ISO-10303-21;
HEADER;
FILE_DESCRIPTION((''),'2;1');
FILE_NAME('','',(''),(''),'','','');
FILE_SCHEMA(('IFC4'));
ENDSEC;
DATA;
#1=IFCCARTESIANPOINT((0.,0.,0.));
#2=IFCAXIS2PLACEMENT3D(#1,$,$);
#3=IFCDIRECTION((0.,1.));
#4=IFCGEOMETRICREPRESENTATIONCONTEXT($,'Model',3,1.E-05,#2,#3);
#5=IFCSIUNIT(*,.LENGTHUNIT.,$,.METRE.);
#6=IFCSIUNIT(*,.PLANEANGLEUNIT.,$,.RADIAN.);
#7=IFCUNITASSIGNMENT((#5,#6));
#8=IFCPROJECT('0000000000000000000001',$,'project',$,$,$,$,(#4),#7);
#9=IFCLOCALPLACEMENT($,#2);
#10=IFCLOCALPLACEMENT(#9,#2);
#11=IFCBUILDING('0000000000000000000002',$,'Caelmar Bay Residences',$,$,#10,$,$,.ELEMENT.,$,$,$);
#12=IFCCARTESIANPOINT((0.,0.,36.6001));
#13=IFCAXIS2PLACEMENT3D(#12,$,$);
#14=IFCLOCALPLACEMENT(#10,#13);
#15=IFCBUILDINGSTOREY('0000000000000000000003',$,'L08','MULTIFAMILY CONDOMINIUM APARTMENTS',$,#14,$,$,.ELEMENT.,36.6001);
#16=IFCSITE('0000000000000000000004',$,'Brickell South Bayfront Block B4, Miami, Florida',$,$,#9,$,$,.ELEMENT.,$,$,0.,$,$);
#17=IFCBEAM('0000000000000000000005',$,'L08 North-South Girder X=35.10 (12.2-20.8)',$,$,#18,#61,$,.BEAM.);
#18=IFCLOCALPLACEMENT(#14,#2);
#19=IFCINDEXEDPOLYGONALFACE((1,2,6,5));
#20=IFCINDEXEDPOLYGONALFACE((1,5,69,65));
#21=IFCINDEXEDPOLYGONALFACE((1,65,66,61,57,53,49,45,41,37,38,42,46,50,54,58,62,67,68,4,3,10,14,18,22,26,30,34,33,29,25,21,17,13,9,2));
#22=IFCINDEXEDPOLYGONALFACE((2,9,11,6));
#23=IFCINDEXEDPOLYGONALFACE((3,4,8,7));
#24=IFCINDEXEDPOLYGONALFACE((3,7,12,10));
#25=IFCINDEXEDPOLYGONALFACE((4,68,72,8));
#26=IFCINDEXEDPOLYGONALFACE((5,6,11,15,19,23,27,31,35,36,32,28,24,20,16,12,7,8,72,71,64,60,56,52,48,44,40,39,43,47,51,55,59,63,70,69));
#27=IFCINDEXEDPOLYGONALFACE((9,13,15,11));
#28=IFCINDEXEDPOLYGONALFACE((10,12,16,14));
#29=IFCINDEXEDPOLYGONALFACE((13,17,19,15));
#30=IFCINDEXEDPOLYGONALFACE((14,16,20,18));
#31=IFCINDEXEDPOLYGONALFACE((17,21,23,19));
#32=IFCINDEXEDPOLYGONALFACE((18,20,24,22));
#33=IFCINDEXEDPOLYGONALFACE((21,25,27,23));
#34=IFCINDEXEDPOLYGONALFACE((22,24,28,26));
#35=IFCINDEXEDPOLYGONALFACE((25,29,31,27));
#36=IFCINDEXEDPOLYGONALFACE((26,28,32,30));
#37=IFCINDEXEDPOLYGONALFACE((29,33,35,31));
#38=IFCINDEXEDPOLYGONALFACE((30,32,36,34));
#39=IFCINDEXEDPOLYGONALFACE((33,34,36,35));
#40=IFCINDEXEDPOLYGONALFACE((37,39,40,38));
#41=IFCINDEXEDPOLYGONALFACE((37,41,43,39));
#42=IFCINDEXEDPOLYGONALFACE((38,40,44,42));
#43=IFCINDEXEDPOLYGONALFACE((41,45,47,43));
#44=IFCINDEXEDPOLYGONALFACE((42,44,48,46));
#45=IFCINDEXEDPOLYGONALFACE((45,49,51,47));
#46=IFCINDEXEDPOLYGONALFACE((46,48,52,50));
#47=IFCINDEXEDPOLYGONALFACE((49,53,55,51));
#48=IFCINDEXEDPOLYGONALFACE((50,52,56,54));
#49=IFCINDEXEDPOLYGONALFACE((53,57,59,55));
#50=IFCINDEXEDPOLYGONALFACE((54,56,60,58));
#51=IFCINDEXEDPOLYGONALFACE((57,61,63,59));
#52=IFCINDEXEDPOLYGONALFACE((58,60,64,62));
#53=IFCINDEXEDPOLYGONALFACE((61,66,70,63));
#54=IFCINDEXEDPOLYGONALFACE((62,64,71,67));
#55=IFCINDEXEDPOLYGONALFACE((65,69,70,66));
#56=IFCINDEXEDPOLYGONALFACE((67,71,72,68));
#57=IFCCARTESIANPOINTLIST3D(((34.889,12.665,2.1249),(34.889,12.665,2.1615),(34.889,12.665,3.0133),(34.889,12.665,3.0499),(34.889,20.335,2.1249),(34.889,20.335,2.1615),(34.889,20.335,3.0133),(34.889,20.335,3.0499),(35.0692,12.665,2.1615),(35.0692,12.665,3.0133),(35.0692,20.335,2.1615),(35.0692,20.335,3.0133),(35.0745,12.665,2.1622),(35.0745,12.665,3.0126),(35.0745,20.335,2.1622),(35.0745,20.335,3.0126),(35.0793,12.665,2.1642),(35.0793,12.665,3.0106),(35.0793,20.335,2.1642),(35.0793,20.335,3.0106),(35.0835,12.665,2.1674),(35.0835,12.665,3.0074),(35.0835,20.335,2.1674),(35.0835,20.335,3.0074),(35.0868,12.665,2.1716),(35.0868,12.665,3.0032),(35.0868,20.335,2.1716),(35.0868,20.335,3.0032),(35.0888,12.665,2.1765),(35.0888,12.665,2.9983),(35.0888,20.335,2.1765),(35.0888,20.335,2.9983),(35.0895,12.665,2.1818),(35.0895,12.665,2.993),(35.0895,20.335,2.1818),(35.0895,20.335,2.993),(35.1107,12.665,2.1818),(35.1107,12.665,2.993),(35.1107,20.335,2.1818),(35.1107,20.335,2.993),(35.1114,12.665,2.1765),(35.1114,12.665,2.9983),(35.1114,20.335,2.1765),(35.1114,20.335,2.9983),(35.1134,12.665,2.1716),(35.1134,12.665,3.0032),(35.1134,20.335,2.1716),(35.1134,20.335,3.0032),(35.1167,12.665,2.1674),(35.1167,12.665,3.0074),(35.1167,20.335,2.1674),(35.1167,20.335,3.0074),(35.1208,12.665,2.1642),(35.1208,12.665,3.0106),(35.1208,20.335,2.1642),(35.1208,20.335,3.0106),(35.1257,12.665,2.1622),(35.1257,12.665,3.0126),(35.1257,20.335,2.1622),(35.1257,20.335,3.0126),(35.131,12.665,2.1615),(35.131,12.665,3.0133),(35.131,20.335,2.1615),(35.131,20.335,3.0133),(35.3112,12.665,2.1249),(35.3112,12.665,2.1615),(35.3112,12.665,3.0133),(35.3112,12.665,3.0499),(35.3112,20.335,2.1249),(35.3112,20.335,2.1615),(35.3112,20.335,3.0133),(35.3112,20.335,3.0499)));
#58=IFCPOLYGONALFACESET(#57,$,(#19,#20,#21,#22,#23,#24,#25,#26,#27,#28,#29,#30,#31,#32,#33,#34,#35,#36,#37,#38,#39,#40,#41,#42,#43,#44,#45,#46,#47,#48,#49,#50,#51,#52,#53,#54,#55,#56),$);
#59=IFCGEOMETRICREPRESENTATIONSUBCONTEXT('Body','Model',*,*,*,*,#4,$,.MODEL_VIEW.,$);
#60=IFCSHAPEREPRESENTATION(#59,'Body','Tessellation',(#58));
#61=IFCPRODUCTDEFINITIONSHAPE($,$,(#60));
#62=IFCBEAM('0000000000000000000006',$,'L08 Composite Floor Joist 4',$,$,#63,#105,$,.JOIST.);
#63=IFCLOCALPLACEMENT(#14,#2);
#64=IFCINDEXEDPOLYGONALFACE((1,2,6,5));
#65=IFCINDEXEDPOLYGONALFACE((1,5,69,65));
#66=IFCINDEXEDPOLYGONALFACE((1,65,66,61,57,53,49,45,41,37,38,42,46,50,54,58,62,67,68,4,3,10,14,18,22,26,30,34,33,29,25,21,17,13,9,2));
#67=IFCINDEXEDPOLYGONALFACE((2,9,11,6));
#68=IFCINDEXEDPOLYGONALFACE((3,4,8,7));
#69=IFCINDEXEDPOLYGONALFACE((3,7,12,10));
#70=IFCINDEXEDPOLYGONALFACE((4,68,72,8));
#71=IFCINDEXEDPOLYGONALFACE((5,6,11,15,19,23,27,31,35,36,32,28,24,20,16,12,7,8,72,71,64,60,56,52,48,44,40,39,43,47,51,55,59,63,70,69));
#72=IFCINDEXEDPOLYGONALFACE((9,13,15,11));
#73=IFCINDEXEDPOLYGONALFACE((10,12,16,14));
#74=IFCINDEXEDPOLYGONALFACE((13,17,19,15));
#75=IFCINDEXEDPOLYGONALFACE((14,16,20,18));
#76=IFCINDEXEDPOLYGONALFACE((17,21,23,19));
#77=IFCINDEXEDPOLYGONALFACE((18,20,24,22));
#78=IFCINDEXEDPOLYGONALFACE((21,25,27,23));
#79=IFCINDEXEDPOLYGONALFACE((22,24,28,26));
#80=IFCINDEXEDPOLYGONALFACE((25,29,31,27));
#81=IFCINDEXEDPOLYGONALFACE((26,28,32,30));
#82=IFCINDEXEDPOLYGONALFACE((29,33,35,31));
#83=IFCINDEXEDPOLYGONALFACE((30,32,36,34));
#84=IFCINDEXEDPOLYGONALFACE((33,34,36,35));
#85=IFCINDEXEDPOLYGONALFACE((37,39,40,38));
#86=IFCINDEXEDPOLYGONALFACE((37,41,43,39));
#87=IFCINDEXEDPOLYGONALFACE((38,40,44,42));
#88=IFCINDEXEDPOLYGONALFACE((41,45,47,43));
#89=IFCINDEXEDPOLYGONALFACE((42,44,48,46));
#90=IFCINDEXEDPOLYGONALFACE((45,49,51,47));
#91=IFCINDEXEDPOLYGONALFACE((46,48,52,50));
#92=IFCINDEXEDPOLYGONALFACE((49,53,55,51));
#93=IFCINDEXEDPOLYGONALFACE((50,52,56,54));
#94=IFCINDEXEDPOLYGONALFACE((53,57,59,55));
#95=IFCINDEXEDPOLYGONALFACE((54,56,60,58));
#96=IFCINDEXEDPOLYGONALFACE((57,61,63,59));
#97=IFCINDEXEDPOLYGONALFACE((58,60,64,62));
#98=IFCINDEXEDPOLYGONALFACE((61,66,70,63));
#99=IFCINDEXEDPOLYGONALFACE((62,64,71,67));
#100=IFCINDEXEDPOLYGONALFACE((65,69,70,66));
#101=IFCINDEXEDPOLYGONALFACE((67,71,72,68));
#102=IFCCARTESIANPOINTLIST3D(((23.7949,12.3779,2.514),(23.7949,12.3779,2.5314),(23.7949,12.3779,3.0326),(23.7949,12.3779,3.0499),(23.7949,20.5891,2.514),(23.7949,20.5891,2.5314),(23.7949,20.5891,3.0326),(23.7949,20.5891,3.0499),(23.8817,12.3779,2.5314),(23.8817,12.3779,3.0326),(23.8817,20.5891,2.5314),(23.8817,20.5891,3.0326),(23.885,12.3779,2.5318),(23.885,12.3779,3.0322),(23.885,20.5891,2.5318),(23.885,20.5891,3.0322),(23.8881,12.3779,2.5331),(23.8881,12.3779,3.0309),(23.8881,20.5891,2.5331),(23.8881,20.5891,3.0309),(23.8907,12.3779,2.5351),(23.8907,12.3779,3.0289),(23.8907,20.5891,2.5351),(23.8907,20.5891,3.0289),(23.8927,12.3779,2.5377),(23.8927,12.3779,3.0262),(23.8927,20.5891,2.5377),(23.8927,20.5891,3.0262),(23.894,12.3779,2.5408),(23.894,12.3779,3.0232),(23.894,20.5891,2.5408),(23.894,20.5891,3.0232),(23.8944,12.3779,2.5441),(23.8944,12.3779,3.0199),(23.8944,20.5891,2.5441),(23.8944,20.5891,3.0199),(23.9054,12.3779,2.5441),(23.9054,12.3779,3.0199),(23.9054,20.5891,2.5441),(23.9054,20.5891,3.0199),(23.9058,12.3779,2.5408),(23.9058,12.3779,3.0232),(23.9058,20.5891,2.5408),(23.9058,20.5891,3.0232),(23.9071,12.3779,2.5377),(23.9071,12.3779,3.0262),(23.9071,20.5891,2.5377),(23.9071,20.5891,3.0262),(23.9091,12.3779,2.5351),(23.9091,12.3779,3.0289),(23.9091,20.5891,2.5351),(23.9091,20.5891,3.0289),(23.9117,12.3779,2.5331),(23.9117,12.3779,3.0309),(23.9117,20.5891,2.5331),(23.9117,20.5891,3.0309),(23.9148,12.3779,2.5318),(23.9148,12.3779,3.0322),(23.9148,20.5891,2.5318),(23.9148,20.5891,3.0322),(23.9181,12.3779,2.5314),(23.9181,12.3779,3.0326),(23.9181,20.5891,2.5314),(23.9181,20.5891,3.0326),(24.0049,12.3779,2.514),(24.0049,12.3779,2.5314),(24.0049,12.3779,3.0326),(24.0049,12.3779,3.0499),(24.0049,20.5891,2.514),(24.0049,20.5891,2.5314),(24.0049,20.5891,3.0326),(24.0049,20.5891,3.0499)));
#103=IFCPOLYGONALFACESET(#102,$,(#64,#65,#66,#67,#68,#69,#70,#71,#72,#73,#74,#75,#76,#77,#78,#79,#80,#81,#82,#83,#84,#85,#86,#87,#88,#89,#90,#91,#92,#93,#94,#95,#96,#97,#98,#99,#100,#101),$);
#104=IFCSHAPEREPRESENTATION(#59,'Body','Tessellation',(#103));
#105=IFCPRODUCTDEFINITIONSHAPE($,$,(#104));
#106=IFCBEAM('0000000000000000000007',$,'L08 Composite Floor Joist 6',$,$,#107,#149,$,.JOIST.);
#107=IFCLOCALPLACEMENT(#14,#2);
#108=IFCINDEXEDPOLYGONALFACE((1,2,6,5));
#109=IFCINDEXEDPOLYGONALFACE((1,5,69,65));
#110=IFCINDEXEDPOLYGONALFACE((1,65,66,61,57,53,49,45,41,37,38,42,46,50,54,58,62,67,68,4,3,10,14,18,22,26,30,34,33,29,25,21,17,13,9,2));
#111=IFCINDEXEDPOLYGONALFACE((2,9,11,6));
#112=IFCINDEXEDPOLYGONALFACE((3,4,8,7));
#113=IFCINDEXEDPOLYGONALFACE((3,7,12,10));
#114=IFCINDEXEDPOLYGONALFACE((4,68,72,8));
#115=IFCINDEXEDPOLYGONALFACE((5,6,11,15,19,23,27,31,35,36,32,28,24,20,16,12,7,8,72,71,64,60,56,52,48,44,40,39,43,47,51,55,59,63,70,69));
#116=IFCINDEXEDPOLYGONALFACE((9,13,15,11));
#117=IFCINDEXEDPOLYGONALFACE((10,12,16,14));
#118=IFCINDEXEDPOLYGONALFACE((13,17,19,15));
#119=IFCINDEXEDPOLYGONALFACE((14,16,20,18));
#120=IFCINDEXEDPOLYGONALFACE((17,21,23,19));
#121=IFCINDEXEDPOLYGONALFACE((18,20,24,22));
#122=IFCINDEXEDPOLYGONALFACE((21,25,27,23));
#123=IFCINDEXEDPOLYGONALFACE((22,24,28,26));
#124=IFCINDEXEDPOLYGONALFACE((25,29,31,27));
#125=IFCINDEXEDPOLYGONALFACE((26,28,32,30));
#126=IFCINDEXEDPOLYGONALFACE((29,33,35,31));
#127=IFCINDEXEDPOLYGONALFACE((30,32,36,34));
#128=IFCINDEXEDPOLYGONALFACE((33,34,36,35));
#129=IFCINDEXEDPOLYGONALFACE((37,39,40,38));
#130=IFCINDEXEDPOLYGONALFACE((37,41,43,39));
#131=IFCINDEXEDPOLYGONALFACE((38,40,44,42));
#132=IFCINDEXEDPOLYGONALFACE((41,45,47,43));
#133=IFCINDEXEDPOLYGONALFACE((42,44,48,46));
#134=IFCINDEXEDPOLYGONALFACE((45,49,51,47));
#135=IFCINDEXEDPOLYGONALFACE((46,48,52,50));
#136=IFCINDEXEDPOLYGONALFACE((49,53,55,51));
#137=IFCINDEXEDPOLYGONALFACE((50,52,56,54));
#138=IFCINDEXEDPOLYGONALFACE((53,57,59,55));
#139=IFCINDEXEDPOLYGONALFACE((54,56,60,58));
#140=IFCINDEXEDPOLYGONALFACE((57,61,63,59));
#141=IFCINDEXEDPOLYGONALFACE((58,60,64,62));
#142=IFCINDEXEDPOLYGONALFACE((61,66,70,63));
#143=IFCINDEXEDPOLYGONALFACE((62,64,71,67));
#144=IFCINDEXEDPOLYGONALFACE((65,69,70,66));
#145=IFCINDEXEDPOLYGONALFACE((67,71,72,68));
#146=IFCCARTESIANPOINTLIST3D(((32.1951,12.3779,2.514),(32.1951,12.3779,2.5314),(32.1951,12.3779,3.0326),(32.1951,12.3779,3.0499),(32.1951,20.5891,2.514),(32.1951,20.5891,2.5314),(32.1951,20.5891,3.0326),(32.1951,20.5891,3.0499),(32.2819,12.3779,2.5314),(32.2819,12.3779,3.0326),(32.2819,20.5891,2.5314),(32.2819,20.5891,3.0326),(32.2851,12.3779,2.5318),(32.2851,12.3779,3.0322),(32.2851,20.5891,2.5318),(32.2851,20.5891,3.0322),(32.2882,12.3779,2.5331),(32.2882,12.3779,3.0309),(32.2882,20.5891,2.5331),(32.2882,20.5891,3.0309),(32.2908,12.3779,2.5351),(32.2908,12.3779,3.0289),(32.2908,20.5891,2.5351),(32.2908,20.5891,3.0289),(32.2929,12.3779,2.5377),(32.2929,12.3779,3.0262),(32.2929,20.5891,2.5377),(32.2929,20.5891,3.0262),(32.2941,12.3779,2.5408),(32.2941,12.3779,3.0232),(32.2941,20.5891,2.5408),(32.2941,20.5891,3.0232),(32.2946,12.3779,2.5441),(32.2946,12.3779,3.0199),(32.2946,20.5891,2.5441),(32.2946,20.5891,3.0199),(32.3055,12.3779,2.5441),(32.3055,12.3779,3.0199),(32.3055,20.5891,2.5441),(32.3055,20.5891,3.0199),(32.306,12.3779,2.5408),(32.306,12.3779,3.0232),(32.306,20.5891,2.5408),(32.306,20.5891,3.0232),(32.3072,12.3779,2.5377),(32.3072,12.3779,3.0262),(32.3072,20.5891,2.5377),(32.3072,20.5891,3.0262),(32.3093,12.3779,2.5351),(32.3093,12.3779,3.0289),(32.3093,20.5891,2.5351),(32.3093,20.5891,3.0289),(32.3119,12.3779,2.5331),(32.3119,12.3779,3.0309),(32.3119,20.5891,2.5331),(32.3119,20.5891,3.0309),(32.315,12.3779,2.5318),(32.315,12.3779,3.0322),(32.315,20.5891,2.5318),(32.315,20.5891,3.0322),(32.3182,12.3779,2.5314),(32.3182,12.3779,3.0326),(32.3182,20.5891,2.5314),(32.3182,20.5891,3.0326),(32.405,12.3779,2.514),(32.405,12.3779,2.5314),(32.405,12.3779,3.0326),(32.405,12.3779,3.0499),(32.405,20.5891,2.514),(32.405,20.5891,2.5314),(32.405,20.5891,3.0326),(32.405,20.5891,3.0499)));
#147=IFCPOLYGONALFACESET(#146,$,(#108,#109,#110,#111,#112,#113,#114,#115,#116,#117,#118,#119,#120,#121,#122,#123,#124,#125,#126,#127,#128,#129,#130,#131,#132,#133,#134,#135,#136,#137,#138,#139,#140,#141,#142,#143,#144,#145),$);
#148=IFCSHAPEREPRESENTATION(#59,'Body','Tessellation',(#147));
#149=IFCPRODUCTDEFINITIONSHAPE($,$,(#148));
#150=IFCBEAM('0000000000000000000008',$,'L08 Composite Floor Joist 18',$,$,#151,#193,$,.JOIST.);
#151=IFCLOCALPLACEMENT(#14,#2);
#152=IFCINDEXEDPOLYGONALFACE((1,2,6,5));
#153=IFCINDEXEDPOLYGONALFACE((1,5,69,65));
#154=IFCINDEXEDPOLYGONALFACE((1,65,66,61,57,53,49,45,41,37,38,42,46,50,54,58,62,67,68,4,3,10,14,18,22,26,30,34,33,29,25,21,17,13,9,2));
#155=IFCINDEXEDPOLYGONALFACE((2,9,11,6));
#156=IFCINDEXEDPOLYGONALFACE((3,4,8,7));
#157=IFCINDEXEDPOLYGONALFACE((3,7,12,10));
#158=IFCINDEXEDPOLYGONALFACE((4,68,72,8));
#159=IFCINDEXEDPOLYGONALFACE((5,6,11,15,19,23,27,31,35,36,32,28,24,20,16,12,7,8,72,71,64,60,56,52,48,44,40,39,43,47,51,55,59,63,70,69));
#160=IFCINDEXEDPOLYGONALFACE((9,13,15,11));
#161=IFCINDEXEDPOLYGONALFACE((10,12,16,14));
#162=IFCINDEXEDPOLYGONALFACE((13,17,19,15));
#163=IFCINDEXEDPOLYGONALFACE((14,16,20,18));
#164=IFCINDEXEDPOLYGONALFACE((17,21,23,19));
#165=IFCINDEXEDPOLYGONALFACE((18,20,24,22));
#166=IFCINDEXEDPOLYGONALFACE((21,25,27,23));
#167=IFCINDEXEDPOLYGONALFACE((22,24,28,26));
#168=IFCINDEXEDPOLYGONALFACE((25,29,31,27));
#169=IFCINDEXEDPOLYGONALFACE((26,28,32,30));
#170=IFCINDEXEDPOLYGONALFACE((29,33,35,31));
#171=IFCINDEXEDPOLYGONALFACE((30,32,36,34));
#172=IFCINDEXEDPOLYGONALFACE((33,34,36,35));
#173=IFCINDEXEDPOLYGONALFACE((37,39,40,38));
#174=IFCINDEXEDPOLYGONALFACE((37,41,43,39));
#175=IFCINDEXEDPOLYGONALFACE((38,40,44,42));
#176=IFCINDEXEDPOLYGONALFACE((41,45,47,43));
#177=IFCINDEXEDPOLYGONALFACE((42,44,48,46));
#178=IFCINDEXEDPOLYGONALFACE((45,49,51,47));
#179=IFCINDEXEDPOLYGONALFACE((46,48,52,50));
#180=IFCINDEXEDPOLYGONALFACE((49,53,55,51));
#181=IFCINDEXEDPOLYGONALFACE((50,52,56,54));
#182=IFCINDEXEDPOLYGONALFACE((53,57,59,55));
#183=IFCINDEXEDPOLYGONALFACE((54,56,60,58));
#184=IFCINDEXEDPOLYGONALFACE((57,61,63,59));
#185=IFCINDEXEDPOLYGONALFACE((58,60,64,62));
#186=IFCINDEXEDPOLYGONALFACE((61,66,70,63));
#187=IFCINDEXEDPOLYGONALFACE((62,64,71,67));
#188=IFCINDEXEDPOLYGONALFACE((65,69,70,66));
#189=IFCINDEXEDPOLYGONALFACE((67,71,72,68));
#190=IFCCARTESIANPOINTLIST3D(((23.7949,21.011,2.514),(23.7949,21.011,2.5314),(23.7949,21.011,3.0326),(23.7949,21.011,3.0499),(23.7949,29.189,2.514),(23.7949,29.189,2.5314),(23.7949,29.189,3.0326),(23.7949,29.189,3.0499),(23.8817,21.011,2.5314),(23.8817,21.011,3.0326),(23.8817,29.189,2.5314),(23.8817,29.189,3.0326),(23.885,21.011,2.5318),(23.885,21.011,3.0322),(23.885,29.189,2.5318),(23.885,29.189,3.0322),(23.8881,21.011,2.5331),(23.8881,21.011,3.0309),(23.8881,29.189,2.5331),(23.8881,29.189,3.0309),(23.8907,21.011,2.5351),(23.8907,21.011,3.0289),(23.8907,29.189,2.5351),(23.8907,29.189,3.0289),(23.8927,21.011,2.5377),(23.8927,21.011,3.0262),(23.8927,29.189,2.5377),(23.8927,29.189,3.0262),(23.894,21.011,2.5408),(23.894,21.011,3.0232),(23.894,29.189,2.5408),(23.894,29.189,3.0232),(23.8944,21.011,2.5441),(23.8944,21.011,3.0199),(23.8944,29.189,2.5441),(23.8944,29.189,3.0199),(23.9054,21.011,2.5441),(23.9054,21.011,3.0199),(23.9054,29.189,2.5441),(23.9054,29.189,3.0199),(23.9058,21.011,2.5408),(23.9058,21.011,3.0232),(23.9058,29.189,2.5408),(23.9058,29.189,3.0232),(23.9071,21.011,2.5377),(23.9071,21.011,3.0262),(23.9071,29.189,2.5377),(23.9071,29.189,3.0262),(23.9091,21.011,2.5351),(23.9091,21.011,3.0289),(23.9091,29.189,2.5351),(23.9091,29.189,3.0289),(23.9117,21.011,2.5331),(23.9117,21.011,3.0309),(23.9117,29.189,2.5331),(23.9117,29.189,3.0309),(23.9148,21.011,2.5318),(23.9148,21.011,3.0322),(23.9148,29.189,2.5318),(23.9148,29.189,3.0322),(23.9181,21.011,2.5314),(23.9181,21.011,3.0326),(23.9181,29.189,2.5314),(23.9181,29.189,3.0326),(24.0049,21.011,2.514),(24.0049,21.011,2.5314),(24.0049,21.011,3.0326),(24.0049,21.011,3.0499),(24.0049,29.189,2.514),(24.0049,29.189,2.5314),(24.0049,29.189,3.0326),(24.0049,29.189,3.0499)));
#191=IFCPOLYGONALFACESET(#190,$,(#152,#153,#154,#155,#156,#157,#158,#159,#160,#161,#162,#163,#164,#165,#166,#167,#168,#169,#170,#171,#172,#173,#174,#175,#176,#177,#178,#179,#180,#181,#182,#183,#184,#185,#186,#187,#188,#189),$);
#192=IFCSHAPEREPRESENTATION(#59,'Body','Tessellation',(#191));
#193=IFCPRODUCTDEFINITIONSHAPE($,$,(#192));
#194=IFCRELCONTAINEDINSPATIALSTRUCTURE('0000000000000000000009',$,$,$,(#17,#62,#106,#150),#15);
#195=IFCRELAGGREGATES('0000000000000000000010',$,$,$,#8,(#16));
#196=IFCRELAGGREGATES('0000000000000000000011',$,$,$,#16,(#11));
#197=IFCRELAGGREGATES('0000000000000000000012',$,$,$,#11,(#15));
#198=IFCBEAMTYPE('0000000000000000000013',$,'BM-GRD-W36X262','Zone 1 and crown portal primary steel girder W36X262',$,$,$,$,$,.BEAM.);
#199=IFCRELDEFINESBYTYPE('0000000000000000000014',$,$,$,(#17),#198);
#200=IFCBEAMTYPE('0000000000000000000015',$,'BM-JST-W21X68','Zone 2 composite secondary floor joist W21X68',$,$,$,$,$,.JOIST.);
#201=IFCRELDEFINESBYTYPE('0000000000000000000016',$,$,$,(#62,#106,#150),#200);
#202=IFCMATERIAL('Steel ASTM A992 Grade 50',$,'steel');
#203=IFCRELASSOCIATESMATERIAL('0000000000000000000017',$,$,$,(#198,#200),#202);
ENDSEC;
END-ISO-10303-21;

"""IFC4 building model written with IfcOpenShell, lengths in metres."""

from ifc_helpers import new_model, si_unit, direction, frame, origin, origin_2d, place, context, subcontext, project, spatial, i_section, extrude, material, material_profile, profile_set, type_object, element, save


model = new_model("IFC4")

# Units and contexts
model_context = context("Model", 3, precision=1e-05, world=origin(), true_north=direction((0.0, 1.0)))
body_context = subcontext(model_context, "Body", "Model", "MODEL_VIEW")
ifc_project = project(units=[si_unit("LENGTHUNIT", "METRE"), si_unit("PLANEANGLEUNIT", "RADIAN")], contexts=[model_context])

# Site, building, storey
site_placement = place(None, origin())
site = spatial("IfcSite", under=ifc_project, at=site_placement, Name="Brickell South Bayfront Block B4, Miami, Florida", CompositionType="ELEMENT", RefElevation=0.0)
building_placement = place(site_placement, origin())
building = spatial("IfcBuilding", under=site, at=building_placement, Name="Caelmar Bay Residences", CompositionType="ELEMENT")
storey_placement = place(building_placement, frame((0.0, 0.0, 36.6001)))
storey = spatial("IfcBuildingStorey", under=building, at=storey_placement, Name="L08", Description="MULTIFAMILY CONDOMINIUM APARTMENTS", CompositionType="ELEMENT", Elevation=36.6001)

# Beams
ifc_material_1 = material(Name="Steel ASTM A992 Grade 50", Category="steel")
ifc_material_profile_1 = material_profile(ifc_material_1, i_section(OverallWidth=0.4221, OverallDepth=0.925, WebThickness=0.0212, FlangeThickness=0.0366, FilletRadius=0.0203, at=origin_2d()), Name="W36X262")
ifc_profile_set_1 = profile_set([ifc_material_profile_1], Name="Steel ASTM A992 Grade 50")
beam_type_1 = type_object("IfcBeamType", Name="BM-GRD-W36X262", Description="Zone 1 and crown portal primary steel girder W36X262", PredefinedType="BEAM", material=ifc_profile_set_1)
for number, where, z_axis, x_axis, name in (
    (1, (35.1001, 12.665, 2.5874), (0.0, 1.0, 0.0), (-1.0, 0.0, 0.0), "L08 North-South Girder X=35.10 (12.2-20.8)"),
):
    element("IfcBeam", number, at=place(storey_placement, frame(where, z_axis=z_axis, x_axis=x_axis)), inside=storey, type_object=beam_type_1, Name=name, PredefinedType="BEAM", context=body_context, shape_type="SweptSolid", body=[
        extrude(i_section(OverallWidth=0.4221, OverallDepth=0.925, WebThickness=0.0212, FlangeThickness=0.0366, FilletRadius=0.0203, at=origin_2d()), origin(), (0.0, 0.0, 1.0), 7.6699),
    ])
ifc_material_profile_2 = material_profile(ifc_material_1, i_section(OverallWidth=0.21, OverallDepth=0.5359, WebThickness=0.011, FlangeThickness=0.0173, FilletRadius=0.0127, at=origin_2d()), Name="W21X68")
ifc_profile_set_2 = profile_set([ifc_material_profile_2], Name="Steel ASTM A992 Grade 50")
beam_type_2 = type_object("IfcBeamType", Name="BM-JST-W21X68", Description="Zone 2 composite secondary floor joist W21X68", PredefinedType="JOIST", material=ifc_profile_set_2)
for number, where, z_axis, x_axis, name in (
    (2, (23.8999, 12.3779, 2.782), (0.0, 1.0, 0.0), (-1.0, 0.0, 0.0), "L08 Composite Floor Joist 4"),
    (3, (32.3, 12.3779, 2.782), (0.0, 1.0, 0.0), (-1.0, 0.0, 0.0), "L08 Composite Floor Joist 6"),
):
    element("IfcBeam", number, at=place(storey_placement, frame(where, z_axis=z_axis, x_axis=x_axis)), inside=storey, type_object=beam_type_2, Name=name, PredefinedType="JOIST", context=body_context, shape_type="SweptSolid", body=[
        extrude(i_section(OverallWidth=0.21, OverallDepth=0.5359, WebThickness=0.011, FlangeThickness=0.0173, FilletRadius=0.0127, at=origin_2d()), origin(), (0.0, 0.0, 1.0), 8.2112),
    ])
beam_1_placement = place(storey_placement, frame((23.8999, 21.011, 2.782), z_axis=(0.0, 1.0, 0.0), x_axis=(-1.0, 0.0, 0.0)))
element("IfcBeam", 4, at=beam_1_placement, inside=storey, type_object=beam_type_2, Name="L08 Composite Floor Joist 18", PredefinedType="JOIST", context=body_context, shape_type="SweptSolid", body=[
    extrude(i_section(OverallWidth=0.21, OverallDepth=0.5359, WebThickness=0.011, FlangeThickness=0.0173, FilletRadius=0.0127, at=origin_2d()), origin(), (0.0, 0.0, 1.0), 8.178),
])

save(model, "model.ifc")
